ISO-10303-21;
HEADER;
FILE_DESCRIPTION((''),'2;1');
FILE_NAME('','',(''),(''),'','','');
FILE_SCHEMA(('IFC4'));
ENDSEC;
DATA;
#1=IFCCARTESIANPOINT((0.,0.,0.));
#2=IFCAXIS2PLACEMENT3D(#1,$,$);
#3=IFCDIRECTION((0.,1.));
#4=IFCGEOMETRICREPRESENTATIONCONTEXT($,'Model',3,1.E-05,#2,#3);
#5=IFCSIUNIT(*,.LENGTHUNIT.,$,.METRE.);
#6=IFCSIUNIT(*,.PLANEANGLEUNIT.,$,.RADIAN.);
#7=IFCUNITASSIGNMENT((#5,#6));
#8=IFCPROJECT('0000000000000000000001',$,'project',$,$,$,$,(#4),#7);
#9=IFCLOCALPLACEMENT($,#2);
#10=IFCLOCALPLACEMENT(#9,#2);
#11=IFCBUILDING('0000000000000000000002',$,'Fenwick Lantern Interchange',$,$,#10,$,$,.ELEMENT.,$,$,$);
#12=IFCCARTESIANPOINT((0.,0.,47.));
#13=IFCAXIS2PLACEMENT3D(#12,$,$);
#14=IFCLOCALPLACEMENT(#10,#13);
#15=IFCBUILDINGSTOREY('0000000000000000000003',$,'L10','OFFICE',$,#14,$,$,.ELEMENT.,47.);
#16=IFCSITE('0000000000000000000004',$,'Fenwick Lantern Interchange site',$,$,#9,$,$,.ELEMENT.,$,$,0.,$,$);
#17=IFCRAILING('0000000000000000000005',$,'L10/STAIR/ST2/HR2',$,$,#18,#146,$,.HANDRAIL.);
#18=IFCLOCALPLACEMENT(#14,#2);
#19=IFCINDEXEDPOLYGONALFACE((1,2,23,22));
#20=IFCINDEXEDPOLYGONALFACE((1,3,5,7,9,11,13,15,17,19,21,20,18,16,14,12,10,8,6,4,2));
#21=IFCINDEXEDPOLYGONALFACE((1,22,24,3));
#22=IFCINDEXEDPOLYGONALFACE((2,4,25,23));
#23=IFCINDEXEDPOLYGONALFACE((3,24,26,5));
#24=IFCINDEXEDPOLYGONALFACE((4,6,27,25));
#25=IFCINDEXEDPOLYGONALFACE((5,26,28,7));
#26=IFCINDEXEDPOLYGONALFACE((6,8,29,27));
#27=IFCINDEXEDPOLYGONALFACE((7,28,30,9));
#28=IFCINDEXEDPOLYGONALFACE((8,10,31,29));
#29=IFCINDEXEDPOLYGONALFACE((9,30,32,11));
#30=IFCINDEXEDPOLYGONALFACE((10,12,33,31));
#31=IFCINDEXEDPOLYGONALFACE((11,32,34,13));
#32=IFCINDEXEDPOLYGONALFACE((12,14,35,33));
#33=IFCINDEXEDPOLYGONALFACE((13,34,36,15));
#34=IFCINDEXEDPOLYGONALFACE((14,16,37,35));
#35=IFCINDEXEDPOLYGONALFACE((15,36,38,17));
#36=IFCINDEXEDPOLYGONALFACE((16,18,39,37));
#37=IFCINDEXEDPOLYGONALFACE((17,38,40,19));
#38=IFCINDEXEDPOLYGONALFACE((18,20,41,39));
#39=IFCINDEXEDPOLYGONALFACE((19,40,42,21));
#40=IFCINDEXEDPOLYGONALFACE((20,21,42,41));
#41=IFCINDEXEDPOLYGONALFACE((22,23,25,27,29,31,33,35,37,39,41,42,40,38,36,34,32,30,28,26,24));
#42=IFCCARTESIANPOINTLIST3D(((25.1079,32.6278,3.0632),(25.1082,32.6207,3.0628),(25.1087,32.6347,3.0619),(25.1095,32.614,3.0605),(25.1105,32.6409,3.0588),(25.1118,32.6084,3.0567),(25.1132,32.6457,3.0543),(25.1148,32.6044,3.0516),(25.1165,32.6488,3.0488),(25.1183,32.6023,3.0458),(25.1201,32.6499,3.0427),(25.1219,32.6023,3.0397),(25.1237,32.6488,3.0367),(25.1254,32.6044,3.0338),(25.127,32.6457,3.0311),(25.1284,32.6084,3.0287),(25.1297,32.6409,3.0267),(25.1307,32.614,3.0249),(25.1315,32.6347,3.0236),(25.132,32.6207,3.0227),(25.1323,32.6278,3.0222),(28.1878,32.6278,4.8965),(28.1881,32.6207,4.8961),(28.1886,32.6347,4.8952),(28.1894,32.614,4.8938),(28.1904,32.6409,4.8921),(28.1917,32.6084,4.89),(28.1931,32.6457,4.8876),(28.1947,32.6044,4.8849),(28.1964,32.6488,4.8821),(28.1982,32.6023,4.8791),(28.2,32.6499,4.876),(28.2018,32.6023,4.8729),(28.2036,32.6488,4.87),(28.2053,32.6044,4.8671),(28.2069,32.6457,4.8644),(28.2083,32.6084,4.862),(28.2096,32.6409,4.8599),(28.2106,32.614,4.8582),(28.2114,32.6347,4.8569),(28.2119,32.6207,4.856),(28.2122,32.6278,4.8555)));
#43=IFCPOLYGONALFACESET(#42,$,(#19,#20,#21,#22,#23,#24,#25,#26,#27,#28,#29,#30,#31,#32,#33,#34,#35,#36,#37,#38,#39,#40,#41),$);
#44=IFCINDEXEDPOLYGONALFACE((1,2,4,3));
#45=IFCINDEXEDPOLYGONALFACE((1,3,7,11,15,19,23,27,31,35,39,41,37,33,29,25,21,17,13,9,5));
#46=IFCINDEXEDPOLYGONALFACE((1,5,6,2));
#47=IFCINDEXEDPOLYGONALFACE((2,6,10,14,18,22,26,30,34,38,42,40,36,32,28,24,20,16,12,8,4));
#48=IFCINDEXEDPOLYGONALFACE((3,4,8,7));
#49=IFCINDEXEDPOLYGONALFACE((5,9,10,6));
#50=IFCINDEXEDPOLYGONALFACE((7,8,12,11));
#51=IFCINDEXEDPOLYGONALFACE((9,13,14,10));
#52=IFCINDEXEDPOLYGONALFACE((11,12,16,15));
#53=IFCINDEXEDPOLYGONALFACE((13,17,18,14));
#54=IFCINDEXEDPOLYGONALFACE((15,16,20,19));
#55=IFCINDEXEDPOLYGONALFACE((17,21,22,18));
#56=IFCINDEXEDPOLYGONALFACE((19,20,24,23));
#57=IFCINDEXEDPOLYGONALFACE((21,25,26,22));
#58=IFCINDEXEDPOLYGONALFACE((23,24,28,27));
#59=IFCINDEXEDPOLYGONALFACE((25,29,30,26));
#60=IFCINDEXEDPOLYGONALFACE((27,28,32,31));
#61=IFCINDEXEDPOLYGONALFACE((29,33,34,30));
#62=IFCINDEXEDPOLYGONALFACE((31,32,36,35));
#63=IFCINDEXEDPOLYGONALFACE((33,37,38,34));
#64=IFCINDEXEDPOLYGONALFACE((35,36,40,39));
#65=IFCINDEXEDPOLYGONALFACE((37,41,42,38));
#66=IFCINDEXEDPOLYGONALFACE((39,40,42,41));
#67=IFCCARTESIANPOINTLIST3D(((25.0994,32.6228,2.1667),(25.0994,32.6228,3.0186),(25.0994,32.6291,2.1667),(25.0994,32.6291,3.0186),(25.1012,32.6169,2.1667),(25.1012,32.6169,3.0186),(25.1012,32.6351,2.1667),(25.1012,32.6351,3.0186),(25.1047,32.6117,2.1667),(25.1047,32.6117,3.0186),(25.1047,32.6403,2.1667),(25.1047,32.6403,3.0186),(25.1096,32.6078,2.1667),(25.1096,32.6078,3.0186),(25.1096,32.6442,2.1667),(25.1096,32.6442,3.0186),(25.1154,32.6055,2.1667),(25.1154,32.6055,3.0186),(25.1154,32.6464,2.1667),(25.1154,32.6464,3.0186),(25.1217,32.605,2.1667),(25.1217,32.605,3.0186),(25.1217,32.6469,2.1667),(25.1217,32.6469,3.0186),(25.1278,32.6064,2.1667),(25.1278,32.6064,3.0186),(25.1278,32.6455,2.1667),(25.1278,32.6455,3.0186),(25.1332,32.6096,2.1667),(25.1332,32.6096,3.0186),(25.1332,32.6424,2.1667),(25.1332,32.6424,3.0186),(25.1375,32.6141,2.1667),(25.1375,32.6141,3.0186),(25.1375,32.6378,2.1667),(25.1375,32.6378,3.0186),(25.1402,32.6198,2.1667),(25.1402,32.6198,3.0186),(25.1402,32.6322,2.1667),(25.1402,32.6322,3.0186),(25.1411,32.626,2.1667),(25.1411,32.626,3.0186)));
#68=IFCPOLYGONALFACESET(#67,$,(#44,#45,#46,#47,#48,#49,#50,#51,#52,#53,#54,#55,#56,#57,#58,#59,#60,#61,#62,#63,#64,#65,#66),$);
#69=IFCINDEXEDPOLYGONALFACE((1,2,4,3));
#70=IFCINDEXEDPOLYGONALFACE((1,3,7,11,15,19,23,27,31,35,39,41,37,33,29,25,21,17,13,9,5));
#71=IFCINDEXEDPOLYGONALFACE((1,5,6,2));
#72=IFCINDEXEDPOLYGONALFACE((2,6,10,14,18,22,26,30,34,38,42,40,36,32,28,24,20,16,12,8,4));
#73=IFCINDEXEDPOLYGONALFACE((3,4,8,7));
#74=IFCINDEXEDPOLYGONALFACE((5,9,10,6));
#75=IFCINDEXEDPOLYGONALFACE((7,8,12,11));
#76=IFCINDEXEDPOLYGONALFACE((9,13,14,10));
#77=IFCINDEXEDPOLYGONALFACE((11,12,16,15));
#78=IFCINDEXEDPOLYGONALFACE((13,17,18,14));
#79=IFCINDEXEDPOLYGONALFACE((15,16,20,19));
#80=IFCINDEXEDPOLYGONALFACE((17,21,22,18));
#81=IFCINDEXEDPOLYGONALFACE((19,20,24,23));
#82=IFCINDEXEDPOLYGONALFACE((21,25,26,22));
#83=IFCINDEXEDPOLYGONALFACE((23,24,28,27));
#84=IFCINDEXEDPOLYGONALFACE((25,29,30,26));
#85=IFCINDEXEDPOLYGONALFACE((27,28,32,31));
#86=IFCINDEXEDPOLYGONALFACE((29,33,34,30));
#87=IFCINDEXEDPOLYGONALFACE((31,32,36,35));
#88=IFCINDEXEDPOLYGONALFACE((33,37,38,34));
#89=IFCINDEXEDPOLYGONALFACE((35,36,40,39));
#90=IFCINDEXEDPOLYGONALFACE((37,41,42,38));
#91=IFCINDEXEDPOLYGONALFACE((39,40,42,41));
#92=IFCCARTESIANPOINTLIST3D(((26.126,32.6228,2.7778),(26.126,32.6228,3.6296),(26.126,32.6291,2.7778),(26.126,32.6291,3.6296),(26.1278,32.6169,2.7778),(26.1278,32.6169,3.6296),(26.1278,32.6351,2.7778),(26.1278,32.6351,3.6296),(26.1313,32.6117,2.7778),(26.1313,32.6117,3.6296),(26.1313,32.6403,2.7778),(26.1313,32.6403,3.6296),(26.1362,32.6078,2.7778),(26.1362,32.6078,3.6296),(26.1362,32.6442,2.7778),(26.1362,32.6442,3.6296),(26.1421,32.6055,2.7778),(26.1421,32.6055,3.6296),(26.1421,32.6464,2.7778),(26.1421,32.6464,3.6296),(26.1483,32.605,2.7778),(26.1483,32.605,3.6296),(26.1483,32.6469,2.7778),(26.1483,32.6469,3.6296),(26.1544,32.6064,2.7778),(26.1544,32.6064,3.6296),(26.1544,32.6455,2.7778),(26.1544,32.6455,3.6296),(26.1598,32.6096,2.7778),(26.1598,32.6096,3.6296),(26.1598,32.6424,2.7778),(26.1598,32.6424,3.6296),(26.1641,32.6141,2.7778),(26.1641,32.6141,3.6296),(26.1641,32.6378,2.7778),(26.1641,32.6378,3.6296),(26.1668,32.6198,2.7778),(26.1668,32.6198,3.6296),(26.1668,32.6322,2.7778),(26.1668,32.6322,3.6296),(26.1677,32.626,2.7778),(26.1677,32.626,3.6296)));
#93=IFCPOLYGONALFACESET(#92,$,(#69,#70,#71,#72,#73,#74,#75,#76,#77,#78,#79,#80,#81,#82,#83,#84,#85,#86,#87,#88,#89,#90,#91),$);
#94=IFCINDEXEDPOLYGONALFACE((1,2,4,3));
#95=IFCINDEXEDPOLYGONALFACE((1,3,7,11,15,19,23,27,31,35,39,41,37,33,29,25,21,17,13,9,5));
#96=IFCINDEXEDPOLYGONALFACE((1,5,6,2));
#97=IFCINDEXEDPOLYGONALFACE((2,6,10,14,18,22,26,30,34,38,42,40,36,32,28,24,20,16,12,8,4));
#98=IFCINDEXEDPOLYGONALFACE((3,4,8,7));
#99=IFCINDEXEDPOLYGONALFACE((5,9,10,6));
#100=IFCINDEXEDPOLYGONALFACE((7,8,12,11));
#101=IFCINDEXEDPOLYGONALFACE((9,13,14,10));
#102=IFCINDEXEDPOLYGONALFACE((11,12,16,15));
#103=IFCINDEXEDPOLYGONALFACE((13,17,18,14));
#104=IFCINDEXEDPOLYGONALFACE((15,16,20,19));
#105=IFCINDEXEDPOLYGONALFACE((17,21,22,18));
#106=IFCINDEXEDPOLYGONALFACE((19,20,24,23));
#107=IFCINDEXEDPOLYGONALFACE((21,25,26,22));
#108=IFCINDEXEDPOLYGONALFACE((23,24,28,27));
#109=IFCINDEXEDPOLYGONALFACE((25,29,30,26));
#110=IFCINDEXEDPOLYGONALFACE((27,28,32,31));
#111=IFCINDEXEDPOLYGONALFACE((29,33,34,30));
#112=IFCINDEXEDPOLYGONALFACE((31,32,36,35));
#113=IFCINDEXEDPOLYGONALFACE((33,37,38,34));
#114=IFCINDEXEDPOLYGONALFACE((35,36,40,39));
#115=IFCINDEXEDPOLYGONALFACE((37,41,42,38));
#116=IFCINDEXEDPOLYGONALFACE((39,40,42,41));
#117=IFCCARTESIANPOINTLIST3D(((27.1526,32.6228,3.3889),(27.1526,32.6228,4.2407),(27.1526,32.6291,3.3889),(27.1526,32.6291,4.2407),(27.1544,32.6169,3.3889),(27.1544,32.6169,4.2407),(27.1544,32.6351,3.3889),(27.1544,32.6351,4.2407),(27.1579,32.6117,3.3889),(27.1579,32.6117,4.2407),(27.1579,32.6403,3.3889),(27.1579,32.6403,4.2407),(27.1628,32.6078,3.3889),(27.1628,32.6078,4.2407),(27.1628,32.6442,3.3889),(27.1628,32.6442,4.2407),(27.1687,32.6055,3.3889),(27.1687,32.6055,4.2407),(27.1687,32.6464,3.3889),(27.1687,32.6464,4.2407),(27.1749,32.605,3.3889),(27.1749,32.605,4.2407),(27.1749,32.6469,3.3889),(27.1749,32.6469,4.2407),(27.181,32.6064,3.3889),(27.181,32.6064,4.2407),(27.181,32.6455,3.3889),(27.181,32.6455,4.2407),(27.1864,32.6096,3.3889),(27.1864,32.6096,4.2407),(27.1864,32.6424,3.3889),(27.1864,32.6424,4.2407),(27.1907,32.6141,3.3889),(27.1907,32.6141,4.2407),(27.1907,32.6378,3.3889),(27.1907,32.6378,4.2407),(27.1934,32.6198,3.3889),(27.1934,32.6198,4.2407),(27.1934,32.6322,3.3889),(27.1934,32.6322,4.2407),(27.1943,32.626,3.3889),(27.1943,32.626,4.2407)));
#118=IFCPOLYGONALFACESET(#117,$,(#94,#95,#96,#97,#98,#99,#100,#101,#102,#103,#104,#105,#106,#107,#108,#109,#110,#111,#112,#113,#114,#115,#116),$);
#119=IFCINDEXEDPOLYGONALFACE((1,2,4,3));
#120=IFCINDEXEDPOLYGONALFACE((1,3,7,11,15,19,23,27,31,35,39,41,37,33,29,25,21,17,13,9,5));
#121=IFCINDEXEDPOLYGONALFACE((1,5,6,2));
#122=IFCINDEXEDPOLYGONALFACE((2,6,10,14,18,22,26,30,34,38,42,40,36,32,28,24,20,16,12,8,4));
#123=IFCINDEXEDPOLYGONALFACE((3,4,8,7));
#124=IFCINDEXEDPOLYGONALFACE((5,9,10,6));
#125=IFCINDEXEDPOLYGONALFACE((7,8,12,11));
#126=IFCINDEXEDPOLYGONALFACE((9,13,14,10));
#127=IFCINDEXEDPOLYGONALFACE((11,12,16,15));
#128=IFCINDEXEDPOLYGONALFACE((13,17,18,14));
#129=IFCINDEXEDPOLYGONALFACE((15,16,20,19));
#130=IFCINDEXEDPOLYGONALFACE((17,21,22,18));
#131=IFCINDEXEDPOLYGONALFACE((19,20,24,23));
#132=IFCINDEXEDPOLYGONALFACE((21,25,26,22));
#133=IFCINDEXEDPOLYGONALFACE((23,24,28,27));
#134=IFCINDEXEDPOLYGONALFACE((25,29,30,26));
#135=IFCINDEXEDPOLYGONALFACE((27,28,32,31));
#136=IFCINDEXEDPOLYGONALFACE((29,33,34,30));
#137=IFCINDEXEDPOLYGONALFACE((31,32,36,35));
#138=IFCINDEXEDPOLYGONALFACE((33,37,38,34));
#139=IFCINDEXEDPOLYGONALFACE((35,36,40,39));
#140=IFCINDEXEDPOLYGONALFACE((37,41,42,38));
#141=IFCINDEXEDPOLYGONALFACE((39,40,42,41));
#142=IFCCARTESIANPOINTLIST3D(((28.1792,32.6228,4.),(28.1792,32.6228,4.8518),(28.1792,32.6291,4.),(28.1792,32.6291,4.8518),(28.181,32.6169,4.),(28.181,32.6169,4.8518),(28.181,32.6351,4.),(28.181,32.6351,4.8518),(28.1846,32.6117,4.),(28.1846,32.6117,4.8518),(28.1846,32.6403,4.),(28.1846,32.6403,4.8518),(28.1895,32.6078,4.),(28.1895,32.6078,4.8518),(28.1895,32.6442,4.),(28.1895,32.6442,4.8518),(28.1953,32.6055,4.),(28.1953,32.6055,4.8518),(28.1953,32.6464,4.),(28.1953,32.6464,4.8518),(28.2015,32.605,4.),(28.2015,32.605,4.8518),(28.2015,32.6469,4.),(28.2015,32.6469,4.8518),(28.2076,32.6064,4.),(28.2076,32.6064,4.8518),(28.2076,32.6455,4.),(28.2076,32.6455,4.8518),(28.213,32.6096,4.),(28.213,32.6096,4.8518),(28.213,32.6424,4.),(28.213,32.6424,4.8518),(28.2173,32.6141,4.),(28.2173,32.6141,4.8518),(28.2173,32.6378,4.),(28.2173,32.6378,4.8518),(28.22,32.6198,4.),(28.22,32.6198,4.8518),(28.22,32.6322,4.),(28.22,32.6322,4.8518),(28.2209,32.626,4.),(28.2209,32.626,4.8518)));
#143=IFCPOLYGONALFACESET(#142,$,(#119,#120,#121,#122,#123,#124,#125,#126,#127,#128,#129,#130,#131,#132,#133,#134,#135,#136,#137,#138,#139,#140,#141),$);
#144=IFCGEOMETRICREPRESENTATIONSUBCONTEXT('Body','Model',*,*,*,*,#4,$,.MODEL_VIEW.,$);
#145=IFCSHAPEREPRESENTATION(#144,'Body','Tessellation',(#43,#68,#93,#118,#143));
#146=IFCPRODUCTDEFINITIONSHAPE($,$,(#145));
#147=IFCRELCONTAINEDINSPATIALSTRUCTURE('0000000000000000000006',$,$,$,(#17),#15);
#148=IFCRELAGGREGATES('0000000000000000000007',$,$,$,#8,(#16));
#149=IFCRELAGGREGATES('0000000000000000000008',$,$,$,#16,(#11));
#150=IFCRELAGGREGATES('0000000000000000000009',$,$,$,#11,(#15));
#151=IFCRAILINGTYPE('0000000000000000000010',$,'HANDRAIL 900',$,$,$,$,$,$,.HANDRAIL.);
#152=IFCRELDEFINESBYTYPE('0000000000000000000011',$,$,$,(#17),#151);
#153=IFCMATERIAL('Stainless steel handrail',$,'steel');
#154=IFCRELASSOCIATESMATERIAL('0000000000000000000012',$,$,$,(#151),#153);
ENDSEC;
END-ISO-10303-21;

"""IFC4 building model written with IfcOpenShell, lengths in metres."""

from ifc_helpers import new_model, si_unit, direction, frame, origin, origin_2d, place, context, subcontext, project, spatial, circle, extrude, material, type_object, element, save


model = new_model("IFC4")

# Units and contexts
model_context = context("Model", 3, precision=1e-05, world=origin(), true_north=direction((0.0, 1.0)))
body_context = subcontext(model_context, "Body", "Model", "MODEL_VIEW")
ifc_project = project(units=[si_unit("LENGTHUNIT", "METRE"), si_unit("PLANEANGLEUNIT", "RADIAN")], contexts=[model_context])

# Site, building, storey
site_placement = place(None, origin())
site = spatial("IfcSite", under=ifc_project, at=site_placement, Name="Fenwick Lantern Interchange site", CompositionType="ELEMENT", RefElevation=0.0)
building_placement = place(site_placement, origin())
building = spatial("IfcBuilding", under=site, at=building_placement, Name="Fenwick Lantern Interchange", CompositionType="ELEMENT")
storey_placement = place(building_placement, frame((0.0, 0.0, 47.0)))
storey = spatial("IfcBuildingStorey", under=building, at=storey_placement, Name="L10", Description="OFFICE", CompositionType="ELEMENT", Elevation=47.0)

# Railing
ifc_material_1 = material(Name="Stainless steel handrail", Category="steel")
railing_type = type_object("IfcRailingType", Name="HANDRAIL 900", PredefinedType="HANDRAIL", material=ifc_material_1)
railing_1_placement = place(storey_placement, frame((25.1201, 32.626, 2.1667)))
element("IfcRailing", 1, at=railing_1_placement, inside=storey, type_object=railing_type, Name="L10/STAIR/ST2/HR2", PredefinedType="HANDRAIL", context=body_context, shape_type="SweptSolid", body=[
    extrude(circle(Radius=0.0239, at=origin_2d()), frame((0.0, 0.0, 0.876), z_axis=(0.859291, 0.0, 0.511487), x_axis=(0.0, 1.0, 0.0)), (0.0, 0.0, 1.0), 3.5842),
    extrude(circle(Radius=0.021, at=origin_2d()), origin(), (0.0, 0.0, 1.0), 0.8518),
    extrude(circle(Radius=0.021, at=origin_2d()), frame((1.0266, 0.0, 0.6111)), (0.0, 0.0, 1.0), 0.8518),
    extrude(circle(Radius=0.021, at=origin_2d()), frame((2.0532, 0.0, 1.2222)), (0.0, 0.0, 1.0), 0.8518),
    extrude(circle(Radius=0.021, at=origin_2d()), frame((3.0798, 0.0, 1.8333)), (0.0, 0.0, 1.0), 0.8518),
])

save(model, "model.ifc")
